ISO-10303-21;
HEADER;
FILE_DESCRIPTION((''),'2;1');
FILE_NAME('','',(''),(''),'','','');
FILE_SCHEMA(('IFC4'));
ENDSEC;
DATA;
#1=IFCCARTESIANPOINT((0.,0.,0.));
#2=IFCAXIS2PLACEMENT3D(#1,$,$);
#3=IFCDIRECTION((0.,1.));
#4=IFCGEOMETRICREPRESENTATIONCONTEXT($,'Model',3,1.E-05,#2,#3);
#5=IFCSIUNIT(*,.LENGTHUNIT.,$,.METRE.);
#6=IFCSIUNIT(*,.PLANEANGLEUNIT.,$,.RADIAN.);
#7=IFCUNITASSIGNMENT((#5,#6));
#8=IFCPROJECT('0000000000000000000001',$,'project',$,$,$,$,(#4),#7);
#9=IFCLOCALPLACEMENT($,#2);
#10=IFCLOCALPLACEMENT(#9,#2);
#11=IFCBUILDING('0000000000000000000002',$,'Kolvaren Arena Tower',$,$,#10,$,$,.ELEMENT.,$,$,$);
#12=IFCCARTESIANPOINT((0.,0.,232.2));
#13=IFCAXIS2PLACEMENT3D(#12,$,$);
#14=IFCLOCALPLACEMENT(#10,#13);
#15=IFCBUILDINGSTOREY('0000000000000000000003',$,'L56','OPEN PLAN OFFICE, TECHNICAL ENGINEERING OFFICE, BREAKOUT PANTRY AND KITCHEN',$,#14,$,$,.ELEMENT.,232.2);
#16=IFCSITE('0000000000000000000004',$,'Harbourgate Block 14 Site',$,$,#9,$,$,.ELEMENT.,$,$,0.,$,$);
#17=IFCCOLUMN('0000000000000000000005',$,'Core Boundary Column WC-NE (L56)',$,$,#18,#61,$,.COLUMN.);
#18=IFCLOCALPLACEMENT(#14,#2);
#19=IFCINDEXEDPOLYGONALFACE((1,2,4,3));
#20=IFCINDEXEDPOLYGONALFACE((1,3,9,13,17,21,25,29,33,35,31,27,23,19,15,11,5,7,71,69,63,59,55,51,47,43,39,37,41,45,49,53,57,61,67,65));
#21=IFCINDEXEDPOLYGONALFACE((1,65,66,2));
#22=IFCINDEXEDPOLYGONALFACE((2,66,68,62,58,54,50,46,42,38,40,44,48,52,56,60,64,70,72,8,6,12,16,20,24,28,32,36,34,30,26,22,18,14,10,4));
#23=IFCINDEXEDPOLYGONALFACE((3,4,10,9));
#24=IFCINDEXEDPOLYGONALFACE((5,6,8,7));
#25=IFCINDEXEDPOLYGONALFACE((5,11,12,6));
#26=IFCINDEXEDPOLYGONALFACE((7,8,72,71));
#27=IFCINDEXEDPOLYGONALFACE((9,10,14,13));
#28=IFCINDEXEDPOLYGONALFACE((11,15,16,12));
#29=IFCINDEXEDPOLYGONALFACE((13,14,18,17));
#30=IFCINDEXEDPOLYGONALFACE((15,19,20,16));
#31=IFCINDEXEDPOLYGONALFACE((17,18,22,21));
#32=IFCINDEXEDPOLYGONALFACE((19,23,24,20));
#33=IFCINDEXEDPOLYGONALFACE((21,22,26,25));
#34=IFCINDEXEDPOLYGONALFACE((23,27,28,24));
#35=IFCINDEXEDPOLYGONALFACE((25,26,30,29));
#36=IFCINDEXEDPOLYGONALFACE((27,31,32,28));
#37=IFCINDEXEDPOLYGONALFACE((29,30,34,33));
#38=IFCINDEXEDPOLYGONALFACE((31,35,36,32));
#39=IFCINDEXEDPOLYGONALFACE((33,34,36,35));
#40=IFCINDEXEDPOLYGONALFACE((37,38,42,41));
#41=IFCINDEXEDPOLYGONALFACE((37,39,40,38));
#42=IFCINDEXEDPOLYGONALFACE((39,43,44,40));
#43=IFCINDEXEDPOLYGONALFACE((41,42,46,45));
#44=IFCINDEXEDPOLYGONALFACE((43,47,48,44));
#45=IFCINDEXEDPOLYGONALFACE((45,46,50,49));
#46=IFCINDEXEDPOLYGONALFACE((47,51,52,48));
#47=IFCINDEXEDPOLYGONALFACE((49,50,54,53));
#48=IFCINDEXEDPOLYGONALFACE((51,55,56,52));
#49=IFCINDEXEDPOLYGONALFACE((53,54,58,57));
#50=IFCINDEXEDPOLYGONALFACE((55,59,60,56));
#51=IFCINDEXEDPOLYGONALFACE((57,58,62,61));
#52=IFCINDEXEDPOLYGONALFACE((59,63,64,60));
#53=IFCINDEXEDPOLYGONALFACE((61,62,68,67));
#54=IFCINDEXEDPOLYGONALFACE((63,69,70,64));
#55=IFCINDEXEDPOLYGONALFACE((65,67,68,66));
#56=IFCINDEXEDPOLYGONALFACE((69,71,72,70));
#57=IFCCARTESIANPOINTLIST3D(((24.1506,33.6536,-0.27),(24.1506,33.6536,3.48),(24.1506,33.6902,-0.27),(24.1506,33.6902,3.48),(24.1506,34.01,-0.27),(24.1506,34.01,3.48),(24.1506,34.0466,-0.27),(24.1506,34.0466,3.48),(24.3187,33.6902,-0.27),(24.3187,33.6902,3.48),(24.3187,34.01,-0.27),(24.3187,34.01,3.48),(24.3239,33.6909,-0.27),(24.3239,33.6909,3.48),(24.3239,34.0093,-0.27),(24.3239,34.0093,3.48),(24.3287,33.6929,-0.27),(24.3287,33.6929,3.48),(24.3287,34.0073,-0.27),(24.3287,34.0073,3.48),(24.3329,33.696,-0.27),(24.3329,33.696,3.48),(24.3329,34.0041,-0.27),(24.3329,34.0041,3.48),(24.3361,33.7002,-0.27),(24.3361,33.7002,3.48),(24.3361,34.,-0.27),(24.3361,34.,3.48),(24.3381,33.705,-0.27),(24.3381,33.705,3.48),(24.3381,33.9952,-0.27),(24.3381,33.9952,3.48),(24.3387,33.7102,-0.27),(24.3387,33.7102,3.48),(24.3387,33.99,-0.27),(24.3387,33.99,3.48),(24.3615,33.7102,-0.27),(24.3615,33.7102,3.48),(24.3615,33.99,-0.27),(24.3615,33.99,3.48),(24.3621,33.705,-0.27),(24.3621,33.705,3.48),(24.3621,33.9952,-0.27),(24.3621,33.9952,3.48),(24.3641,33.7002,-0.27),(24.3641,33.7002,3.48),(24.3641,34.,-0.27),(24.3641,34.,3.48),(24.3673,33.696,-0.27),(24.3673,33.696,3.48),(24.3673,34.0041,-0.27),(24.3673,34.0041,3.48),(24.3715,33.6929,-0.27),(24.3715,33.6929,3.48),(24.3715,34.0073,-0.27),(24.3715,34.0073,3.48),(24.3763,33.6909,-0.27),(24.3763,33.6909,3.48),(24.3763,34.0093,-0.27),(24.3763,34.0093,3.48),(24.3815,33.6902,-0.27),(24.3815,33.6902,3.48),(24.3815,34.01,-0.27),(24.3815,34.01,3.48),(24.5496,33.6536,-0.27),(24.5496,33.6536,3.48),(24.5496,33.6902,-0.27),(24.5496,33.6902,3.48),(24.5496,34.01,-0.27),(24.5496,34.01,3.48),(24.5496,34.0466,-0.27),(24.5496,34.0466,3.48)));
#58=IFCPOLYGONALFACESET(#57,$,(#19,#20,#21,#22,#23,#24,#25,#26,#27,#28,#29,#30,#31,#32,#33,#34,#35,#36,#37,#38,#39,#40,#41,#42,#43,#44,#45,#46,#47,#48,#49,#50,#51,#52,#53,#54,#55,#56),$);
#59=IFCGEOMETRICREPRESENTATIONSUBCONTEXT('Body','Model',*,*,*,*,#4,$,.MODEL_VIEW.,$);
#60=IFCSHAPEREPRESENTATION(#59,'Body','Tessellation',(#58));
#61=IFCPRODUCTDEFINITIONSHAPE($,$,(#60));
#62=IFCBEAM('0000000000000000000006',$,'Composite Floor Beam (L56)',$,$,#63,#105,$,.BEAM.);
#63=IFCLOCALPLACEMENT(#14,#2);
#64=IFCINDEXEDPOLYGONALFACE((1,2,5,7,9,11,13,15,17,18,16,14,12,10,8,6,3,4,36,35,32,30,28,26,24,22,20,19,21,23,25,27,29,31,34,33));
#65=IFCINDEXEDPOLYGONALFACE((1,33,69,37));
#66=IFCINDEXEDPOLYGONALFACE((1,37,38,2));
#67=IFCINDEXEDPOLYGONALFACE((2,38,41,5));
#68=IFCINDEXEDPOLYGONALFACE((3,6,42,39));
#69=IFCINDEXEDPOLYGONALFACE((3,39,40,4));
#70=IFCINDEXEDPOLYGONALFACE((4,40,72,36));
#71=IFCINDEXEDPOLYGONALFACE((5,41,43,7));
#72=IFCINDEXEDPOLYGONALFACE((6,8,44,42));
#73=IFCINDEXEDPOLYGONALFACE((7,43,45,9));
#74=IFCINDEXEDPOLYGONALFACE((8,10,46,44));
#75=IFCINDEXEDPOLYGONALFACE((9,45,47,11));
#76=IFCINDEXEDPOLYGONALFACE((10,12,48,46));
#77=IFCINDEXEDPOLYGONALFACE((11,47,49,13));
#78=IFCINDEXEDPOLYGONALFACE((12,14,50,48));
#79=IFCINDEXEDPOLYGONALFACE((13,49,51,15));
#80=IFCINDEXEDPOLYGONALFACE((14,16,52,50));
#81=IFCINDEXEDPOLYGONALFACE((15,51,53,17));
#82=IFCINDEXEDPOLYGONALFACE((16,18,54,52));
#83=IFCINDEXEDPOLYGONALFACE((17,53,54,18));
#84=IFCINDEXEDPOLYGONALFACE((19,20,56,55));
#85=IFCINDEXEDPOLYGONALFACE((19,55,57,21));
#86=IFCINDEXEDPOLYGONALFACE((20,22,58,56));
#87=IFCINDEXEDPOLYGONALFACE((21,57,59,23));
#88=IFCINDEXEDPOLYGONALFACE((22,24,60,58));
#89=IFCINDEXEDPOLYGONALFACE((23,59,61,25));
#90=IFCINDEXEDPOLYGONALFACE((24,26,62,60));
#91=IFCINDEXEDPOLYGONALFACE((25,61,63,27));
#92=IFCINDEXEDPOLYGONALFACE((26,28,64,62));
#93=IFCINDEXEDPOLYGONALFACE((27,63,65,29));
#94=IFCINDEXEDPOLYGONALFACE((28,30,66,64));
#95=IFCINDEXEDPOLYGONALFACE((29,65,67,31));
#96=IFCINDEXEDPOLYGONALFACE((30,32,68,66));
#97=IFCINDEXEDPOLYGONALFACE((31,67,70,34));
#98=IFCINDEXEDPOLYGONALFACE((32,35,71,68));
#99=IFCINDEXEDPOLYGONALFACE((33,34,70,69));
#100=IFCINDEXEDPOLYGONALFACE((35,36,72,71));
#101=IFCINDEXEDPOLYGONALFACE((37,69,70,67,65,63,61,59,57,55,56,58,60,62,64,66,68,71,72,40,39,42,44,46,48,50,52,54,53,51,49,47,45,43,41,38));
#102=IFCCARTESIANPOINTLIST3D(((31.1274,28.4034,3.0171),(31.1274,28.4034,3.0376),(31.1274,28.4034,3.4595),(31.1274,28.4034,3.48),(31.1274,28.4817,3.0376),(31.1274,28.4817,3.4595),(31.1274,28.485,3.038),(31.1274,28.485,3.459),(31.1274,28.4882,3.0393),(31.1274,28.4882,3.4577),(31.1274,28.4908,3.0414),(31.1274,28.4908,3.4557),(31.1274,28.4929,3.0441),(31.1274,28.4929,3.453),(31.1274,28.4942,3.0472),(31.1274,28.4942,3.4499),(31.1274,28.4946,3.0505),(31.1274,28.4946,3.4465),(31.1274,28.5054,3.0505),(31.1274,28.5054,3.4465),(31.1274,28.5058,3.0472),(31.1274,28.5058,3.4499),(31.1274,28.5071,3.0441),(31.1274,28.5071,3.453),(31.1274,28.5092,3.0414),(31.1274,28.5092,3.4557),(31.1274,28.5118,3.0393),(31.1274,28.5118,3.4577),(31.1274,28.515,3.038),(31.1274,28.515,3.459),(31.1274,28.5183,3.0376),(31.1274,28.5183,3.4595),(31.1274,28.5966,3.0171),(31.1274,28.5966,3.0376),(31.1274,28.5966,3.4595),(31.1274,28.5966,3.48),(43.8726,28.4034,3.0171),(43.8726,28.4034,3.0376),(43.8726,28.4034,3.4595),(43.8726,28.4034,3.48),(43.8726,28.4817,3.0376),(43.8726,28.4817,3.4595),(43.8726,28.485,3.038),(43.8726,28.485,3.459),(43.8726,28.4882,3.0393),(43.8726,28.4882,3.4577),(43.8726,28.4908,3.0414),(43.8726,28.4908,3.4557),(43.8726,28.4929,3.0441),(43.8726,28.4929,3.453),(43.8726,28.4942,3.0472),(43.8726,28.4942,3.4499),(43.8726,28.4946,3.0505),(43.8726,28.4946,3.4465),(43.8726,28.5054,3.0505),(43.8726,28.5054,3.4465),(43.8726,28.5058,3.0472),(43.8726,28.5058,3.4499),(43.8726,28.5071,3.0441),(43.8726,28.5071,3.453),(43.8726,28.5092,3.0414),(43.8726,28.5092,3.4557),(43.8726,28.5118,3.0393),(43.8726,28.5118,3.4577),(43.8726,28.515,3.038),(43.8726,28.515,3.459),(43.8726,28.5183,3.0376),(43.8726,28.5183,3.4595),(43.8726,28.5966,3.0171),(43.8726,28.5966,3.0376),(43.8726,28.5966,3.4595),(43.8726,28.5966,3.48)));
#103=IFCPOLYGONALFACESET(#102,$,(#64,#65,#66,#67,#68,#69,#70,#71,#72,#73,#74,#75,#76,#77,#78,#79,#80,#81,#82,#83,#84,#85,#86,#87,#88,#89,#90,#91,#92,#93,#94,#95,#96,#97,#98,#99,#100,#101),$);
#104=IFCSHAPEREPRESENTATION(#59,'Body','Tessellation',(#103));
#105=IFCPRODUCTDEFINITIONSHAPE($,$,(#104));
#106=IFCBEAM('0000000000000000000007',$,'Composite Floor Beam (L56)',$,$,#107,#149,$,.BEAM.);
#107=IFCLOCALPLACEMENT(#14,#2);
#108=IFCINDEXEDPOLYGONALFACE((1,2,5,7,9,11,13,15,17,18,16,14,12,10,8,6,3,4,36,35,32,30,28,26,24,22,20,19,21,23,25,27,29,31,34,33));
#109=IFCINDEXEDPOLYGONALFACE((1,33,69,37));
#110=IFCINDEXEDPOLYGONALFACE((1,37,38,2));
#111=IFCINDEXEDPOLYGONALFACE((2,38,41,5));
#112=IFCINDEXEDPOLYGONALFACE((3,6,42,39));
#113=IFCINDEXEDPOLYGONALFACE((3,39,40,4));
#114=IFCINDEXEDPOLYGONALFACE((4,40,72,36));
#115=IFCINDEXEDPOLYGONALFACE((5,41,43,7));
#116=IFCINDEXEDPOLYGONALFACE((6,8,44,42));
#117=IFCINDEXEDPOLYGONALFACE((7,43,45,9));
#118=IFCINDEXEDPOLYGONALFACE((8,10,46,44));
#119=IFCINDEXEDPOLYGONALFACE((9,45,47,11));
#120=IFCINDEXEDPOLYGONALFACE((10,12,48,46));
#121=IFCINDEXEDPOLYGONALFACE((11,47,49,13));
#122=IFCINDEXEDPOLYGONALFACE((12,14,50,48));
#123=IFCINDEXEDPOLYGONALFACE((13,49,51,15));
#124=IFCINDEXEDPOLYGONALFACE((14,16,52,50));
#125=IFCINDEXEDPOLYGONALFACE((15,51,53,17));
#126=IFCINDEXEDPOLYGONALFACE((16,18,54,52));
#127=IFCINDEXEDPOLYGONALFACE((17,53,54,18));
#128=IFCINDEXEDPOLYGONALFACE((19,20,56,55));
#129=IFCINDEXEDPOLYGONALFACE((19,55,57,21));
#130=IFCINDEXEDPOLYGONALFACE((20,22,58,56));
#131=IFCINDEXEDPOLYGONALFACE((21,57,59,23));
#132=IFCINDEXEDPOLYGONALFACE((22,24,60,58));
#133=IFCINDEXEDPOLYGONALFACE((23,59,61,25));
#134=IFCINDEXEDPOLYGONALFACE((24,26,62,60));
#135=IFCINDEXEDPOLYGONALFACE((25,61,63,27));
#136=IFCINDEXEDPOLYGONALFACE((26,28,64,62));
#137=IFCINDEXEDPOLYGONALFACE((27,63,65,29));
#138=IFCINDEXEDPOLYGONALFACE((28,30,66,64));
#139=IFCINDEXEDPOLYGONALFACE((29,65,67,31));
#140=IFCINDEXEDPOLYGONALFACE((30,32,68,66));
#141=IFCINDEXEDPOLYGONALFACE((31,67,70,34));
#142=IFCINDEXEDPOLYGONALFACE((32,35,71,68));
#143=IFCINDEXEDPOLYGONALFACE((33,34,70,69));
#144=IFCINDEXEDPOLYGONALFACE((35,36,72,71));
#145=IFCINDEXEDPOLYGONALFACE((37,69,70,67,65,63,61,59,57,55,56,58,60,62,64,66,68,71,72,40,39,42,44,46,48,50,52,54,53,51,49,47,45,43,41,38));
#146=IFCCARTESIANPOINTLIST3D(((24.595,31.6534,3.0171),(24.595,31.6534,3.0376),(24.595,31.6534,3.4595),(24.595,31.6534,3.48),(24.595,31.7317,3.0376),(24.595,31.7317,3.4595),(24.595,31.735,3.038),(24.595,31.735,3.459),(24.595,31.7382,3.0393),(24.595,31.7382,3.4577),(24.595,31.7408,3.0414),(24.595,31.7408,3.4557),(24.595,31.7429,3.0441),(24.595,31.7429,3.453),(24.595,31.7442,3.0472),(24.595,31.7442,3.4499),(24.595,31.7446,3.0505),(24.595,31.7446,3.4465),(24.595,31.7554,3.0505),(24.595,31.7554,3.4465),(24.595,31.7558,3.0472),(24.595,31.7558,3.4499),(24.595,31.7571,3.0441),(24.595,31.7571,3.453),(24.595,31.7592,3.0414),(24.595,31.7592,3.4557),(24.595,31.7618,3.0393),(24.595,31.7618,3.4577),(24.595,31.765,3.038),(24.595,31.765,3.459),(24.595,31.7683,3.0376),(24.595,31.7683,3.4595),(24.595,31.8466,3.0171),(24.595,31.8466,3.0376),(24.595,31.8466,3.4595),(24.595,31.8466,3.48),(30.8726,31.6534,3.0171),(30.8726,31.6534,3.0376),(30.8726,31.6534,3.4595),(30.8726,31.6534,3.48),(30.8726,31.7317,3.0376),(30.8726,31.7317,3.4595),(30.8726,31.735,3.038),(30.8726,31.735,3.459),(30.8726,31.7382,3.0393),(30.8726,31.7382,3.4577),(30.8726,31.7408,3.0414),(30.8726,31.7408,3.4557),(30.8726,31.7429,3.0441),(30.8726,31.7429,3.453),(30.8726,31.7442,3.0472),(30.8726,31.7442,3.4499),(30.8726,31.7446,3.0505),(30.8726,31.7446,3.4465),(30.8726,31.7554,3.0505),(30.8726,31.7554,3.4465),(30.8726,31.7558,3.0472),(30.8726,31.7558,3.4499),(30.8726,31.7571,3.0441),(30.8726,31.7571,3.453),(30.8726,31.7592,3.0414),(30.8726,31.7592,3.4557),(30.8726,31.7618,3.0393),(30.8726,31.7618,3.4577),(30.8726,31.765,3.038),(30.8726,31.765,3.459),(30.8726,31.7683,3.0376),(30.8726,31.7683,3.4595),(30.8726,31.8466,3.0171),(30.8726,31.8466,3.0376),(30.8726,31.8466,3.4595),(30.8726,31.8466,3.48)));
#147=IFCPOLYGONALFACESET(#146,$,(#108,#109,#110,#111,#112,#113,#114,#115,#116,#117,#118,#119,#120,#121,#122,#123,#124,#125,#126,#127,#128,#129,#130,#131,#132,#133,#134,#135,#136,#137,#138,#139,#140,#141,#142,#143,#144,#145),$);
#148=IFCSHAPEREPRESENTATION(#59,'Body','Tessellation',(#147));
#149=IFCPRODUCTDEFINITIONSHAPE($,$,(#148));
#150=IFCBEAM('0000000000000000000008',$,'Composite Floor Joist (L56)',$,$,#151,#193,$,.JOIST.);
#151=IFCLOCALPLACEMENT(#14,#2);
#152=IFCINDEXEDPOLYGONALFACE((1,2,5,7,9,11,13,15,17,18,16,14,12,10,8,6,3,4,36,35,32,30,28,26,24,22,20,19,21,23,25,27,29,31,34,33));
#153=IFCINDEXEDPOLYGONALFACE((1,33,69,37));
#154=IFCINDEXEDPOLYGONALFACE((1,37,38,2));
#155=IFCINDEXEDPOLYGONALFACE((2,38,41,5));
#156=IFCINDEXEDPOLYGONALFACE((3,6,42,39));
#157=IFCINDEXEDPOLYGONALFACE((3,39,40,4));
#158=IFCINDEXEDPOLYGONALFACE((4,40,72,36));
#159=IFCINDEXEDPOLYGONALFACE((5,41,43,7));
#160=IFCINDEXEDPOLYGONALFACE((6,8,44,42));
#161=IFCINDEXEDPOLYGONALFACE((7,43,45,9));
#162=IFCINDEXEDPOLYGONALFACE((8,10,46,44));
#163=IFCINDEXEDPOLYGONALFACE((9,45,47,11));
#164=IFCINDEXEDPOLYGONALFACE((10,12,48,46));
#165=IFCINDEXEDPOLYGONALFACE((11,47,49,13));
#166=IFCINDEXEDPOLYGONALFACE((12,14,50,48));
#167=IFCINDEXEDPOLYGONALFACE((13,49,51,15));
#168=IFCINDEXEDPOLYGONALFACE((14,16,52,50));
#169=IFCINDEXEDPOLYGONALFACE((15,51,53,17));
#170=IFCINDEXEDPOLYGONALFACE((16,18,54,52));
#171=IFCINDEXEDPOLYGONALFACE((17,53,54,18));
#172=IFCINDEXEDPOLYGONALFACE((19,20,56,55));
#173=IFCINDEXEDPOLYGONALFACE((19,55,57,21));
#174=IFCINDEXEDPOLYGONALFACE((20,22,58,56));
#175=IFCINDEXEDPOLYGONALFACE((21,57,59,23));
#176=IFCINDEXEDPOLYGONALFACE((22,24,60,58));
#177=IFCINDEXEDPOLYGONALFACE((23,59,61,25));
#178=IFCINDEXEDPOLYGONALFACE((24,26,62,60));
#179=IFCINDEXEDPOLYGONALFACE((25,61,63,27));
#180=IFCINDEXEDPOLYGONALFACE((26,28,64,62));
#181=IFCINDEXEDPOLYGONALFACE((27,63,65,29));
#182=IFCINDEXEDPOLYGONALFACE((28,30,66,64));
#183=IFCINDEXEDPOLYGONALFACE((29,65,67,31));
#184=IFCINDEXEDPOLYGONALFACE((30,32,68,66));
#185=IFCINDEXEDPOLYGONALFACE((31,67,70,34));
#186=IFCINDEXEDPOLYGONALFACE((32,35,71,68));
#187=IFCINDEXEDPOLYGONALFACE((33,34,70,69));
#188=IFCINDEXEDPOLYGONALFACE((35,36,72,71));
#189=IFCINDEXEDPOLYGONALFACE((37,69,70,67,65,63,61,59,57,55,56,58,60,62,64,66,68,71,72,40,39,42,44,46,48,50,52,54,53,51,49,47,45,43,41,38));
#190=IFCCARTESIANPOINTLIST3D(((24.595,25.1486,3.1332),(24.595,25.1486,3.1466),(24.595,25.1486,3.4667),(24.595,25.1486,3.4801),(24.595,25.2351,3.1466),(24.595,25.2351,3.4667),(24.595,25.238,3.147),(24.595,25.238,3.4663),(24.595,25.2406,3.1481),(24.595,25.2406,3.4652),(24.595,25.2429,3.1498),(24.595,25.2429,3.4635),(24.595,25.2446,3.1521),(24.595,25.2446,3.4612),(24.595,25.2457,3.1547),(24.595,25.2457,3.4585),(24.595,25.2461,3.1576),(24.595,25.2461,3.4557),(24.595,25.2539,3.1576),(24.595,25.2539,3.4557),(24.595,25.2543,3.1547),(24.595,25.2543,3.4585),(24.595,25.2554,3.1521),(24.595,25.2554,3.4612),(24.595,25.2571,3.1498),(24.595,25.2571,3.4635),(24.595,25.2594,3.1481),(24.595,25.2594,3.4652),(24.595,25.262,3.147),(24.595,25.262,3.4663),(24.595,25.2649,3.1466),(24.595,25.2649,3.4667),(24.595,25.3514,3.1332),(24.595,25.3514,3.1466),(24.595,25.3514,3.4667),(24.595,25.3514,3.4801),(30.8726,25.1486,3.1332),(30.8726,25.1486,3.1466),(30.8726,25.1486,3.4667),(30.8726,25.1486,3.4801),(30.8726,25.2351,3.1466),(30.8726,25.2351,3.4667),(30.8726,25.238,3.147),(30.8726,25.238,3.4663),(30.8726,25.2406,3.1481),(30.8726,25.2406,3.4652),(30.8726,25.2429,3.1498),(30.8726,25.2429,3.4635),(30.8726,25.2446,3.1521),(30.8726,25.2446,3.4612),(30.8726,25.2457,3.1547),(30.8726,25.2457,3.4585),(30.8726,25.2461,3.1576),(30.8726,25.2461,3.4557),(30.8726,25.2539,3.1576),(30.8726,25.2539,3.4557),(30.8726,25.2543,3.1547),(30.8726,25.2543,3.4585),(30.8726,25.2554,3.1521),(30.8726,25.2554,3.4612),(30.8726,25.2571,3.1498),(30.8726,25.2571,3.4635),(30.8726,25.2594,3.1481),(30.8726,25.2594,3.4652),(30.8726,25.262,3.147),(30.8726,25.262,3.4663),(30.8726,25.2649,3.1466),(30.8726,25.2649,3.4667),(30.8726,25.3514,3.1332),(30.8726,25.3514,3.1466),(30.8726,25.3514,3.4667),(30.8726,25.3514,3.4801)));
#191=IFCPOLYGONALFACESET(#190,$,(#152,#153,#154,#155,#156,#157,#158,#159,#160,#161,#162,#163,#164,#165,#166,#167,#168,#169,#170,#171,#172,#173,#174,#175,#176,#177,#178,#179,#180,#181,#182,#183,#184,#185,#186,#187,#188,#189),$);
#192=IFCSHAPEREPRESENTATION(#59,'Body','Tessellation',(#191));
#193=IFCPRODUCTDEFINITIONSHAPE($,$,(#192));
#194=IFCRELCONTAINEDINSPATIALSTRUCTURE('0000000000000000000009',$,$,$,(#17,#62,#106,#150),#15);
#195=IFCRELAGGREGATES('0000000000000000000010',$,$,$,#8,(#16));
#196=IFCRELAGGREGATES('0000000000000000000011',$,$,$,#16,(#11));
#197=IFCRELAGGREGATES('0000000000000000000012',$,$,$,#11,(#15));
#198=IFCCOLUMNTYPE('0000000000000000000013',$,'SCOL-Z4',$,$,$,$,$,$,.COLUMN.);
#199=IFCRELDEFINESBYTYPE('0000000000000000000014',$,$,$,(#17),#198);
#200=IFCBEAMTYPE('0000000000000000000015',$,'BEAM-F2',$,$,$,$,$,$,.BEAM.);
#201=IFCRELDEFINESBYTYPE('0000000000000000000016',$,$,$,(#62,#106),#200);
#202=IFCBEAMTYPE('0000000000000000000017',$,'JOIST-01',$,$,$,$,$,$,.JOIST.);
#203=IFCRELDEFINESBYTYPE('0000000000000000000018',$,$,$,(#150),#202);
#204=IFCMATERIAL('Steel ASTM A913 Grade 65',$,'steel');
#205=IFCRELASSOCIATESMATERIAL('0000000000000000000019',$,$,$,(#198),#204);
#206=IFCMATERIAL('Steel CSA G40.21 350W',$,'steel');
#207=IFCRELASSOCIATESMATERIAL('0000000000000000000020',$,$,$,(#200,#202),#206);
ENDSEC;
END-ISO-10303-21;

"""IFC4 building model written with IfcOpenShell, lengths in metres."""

from ifc_helpers import new_model, si_unit, direction, frame, origin, origin_2d, place, context, subcontext, project, spatial, i_section, extrude, material, material_profile, profile_set, type_object, element, save


model = new_model("IFC4")

# Units and contexts
model_context = context("Model", 3, precision=1e-05, world=origin(), true_north=direction((0.0, 1.0)))
body_context = subcontext(model_context, "Body", "Model", "MODEL_VIEW")
ifc_project = project(units=[si_unit("LENGTHUNIT", "METRE"), si_unit("PLANEANGLEUNIT", "RADIAN")], contexts=[model_context])

# Site, building, storey
site_placement = place(None, origin())
site = spatial("IfcSite", under=ifc_project, at=site_placement, Name="Harbourgate Block 14 Site", CompositionType="ELEMENT", RefElevation=0.0)
building_placement = place(site_placement, origin())
building = spatial("IfcBuilding", under=site, at=building_placement, Name="Kolvaren Arena Tower", CompositionType="ELEMENT")
storey_placement = place(building_placement, frame((0.0, 0.0, 232.2)))
storey = spatial("IfcBuildingStorey", under=building, at=storey_placement, Name="L56", Description="OPEN PLAN OFFICE, TECHNICAL ENGINEERING OFFICE, BREAKOUT PANTRY AND KITCHEN", CompositionType="ELEMENT", Elevation=232.2)

# Column
ifc_material_1 = material(Name="Steel ASTM A913 Grade 65", Category="steel")
ifc_material_profile_1 = material_profile(ifc_material_1, i_section(OverallWidth=0.3989, OverallDepth=0.3931, WebThickness=0.0227, FlangeThickness=0.0366, FilletRadius=0.02, at=origin_2d()), Name="W360x287")
ifc_profile_set_1 = profile_set([ifc_material_profile_1], Name="Steel ASTM A913 Grade 65")
column_type = type_object("IfcColumnType", Name="SCOL-Z4", PredefinedType="COLUMN", material=ifc_profile_set_1)
column_placement = place(storey_placement, frame((24.3501, 33.8501, -0.27), z_axis=(0.0, 0.0, 1.0), x_axis=(1.0, 0.0, 0.0)))
element("IfcColumn", 1, at=column_placement, inside=storey, type_object=column_type, Name="Core Boundary Column WC-NE (L56)", PredefinedType="COLUMN", context=body_context, shape_type="SweptSolid", body=[
    extrude(i_section(OverallWidth=0.3989, OverallDepth=0.3931, WebThickness=0.0227, FlangeThickness=0.0366, FilletRadius=0.02, at=origin_2d()), origin(), (0.0, 0.0, 1.0), 3.75),
])

# Beams
ifc_material_2 = material(Name="Steel CSA G40.21 350W", Category="steel")
ifc_material_profile_2 = material_profile(ifc_material_2, i_section(OverallWidth=0.1931, OverallDepth=0.4629, WebThickness=0.0107, FlangeThickness=0.0205, FilletRadius=0.0129, at=origin_2d()), Name="W460x113")
ifc_profile_set_2 = profile_set([ifc_material_profile_2], Name="Steel CSA G40.21 350W")
beam_type_1 = type_object("IfcBeamType", Name="BEAM-F2", PredefinedType="BEAM", material=ifc_profile_set_2)
beam_1_placement = place(storey_placement, frame((31.1274, 28.5, 3.2485), z_axis=(1.0, 0.0, 0.0), x_axis=(0.0, 1.0, 0.0)))
element("IfcBeam", 2, at=beam_1_placement, inside=storey, type_object=beam_type_1, Name="Composite Floor Beam (L56)", PredefinedType="BEAM", context=body_context, shape_type="SweptSolid", body=[
    extrude(i_section(OverallWidth=0.1931, OverallDepth=0.4629, WebThickness=0.0107, FlangeThickness=0.0205, FilletRadius=0.0129, at=origin_2d()), origin(), (0.0, 0.0, 1.0), 12.7451),
])
beam_2_placement = place(storey_placement, frame((24.595, 31.75, 3.2485), z_axis=(1.0, 0.0, 0.0), x_axis=(0.0, 1.0, 0.0)))
element("IfcBeam", 3, at=beam_2_placement, inside=storey, type_object=beam_type_1, Name="Composite Floor Beam (L56)", PredefinedType="BEAM", context=body_context, shape_type="SweptSolid", body=[
    extrude(i_section(OverallWidth=0.1931, OverallDepth=0.4629, WebThickness=0.0107, FlangeThickness=0.0205, FilletRadius=0.0129, at=origin_2d()), origin(), (0.0, 0.0, 1.0), 6.2776),
])
ifc_material_profile_3 = material_profile(ifc_material_2, i_section(OverallWidth=0.2029, OverallDepth=0.3469, WebThickness=0.0078, FlangeThickness=0.0134, FilletRadius=0.011, at=origin_2d()), Name="W360x64")
ifc_profile_set_3 = profile_set([ifc_material_profile_3], Name="Steel CSA G40.21 350W")
beam_type_2 = type_object("IfcBeamType", Name="JOIST-01", PredefinedType="JOIST", material=ifc_profile_set_3)
beam_3_placement = place(storey_placement, frame((24.595, 25.25, 3.3066), z_axis=(1.0, 0.0, 0.0), x_axis=(0.0, 1.0, 0.0)))
element("IfcBeam", 4, at=beam_3_placement, inside=storey, type_object=beam_type_2, Name="Composite Floor Joist (L56)", PredefinedType="JOIST", context=body_context, shape_type="SweptSolid", body=[
    extrude(i_section(OverallWidth=0.2029, OverallDepth=0.3469, WebThickness=0.0078, FlangeThickness=0.0134, FilletRadius=0.011, at=origin_2d()), origin(), (0.0, 0.0, 1.0), 6.2776),
])

save(model, "model.ifc")
